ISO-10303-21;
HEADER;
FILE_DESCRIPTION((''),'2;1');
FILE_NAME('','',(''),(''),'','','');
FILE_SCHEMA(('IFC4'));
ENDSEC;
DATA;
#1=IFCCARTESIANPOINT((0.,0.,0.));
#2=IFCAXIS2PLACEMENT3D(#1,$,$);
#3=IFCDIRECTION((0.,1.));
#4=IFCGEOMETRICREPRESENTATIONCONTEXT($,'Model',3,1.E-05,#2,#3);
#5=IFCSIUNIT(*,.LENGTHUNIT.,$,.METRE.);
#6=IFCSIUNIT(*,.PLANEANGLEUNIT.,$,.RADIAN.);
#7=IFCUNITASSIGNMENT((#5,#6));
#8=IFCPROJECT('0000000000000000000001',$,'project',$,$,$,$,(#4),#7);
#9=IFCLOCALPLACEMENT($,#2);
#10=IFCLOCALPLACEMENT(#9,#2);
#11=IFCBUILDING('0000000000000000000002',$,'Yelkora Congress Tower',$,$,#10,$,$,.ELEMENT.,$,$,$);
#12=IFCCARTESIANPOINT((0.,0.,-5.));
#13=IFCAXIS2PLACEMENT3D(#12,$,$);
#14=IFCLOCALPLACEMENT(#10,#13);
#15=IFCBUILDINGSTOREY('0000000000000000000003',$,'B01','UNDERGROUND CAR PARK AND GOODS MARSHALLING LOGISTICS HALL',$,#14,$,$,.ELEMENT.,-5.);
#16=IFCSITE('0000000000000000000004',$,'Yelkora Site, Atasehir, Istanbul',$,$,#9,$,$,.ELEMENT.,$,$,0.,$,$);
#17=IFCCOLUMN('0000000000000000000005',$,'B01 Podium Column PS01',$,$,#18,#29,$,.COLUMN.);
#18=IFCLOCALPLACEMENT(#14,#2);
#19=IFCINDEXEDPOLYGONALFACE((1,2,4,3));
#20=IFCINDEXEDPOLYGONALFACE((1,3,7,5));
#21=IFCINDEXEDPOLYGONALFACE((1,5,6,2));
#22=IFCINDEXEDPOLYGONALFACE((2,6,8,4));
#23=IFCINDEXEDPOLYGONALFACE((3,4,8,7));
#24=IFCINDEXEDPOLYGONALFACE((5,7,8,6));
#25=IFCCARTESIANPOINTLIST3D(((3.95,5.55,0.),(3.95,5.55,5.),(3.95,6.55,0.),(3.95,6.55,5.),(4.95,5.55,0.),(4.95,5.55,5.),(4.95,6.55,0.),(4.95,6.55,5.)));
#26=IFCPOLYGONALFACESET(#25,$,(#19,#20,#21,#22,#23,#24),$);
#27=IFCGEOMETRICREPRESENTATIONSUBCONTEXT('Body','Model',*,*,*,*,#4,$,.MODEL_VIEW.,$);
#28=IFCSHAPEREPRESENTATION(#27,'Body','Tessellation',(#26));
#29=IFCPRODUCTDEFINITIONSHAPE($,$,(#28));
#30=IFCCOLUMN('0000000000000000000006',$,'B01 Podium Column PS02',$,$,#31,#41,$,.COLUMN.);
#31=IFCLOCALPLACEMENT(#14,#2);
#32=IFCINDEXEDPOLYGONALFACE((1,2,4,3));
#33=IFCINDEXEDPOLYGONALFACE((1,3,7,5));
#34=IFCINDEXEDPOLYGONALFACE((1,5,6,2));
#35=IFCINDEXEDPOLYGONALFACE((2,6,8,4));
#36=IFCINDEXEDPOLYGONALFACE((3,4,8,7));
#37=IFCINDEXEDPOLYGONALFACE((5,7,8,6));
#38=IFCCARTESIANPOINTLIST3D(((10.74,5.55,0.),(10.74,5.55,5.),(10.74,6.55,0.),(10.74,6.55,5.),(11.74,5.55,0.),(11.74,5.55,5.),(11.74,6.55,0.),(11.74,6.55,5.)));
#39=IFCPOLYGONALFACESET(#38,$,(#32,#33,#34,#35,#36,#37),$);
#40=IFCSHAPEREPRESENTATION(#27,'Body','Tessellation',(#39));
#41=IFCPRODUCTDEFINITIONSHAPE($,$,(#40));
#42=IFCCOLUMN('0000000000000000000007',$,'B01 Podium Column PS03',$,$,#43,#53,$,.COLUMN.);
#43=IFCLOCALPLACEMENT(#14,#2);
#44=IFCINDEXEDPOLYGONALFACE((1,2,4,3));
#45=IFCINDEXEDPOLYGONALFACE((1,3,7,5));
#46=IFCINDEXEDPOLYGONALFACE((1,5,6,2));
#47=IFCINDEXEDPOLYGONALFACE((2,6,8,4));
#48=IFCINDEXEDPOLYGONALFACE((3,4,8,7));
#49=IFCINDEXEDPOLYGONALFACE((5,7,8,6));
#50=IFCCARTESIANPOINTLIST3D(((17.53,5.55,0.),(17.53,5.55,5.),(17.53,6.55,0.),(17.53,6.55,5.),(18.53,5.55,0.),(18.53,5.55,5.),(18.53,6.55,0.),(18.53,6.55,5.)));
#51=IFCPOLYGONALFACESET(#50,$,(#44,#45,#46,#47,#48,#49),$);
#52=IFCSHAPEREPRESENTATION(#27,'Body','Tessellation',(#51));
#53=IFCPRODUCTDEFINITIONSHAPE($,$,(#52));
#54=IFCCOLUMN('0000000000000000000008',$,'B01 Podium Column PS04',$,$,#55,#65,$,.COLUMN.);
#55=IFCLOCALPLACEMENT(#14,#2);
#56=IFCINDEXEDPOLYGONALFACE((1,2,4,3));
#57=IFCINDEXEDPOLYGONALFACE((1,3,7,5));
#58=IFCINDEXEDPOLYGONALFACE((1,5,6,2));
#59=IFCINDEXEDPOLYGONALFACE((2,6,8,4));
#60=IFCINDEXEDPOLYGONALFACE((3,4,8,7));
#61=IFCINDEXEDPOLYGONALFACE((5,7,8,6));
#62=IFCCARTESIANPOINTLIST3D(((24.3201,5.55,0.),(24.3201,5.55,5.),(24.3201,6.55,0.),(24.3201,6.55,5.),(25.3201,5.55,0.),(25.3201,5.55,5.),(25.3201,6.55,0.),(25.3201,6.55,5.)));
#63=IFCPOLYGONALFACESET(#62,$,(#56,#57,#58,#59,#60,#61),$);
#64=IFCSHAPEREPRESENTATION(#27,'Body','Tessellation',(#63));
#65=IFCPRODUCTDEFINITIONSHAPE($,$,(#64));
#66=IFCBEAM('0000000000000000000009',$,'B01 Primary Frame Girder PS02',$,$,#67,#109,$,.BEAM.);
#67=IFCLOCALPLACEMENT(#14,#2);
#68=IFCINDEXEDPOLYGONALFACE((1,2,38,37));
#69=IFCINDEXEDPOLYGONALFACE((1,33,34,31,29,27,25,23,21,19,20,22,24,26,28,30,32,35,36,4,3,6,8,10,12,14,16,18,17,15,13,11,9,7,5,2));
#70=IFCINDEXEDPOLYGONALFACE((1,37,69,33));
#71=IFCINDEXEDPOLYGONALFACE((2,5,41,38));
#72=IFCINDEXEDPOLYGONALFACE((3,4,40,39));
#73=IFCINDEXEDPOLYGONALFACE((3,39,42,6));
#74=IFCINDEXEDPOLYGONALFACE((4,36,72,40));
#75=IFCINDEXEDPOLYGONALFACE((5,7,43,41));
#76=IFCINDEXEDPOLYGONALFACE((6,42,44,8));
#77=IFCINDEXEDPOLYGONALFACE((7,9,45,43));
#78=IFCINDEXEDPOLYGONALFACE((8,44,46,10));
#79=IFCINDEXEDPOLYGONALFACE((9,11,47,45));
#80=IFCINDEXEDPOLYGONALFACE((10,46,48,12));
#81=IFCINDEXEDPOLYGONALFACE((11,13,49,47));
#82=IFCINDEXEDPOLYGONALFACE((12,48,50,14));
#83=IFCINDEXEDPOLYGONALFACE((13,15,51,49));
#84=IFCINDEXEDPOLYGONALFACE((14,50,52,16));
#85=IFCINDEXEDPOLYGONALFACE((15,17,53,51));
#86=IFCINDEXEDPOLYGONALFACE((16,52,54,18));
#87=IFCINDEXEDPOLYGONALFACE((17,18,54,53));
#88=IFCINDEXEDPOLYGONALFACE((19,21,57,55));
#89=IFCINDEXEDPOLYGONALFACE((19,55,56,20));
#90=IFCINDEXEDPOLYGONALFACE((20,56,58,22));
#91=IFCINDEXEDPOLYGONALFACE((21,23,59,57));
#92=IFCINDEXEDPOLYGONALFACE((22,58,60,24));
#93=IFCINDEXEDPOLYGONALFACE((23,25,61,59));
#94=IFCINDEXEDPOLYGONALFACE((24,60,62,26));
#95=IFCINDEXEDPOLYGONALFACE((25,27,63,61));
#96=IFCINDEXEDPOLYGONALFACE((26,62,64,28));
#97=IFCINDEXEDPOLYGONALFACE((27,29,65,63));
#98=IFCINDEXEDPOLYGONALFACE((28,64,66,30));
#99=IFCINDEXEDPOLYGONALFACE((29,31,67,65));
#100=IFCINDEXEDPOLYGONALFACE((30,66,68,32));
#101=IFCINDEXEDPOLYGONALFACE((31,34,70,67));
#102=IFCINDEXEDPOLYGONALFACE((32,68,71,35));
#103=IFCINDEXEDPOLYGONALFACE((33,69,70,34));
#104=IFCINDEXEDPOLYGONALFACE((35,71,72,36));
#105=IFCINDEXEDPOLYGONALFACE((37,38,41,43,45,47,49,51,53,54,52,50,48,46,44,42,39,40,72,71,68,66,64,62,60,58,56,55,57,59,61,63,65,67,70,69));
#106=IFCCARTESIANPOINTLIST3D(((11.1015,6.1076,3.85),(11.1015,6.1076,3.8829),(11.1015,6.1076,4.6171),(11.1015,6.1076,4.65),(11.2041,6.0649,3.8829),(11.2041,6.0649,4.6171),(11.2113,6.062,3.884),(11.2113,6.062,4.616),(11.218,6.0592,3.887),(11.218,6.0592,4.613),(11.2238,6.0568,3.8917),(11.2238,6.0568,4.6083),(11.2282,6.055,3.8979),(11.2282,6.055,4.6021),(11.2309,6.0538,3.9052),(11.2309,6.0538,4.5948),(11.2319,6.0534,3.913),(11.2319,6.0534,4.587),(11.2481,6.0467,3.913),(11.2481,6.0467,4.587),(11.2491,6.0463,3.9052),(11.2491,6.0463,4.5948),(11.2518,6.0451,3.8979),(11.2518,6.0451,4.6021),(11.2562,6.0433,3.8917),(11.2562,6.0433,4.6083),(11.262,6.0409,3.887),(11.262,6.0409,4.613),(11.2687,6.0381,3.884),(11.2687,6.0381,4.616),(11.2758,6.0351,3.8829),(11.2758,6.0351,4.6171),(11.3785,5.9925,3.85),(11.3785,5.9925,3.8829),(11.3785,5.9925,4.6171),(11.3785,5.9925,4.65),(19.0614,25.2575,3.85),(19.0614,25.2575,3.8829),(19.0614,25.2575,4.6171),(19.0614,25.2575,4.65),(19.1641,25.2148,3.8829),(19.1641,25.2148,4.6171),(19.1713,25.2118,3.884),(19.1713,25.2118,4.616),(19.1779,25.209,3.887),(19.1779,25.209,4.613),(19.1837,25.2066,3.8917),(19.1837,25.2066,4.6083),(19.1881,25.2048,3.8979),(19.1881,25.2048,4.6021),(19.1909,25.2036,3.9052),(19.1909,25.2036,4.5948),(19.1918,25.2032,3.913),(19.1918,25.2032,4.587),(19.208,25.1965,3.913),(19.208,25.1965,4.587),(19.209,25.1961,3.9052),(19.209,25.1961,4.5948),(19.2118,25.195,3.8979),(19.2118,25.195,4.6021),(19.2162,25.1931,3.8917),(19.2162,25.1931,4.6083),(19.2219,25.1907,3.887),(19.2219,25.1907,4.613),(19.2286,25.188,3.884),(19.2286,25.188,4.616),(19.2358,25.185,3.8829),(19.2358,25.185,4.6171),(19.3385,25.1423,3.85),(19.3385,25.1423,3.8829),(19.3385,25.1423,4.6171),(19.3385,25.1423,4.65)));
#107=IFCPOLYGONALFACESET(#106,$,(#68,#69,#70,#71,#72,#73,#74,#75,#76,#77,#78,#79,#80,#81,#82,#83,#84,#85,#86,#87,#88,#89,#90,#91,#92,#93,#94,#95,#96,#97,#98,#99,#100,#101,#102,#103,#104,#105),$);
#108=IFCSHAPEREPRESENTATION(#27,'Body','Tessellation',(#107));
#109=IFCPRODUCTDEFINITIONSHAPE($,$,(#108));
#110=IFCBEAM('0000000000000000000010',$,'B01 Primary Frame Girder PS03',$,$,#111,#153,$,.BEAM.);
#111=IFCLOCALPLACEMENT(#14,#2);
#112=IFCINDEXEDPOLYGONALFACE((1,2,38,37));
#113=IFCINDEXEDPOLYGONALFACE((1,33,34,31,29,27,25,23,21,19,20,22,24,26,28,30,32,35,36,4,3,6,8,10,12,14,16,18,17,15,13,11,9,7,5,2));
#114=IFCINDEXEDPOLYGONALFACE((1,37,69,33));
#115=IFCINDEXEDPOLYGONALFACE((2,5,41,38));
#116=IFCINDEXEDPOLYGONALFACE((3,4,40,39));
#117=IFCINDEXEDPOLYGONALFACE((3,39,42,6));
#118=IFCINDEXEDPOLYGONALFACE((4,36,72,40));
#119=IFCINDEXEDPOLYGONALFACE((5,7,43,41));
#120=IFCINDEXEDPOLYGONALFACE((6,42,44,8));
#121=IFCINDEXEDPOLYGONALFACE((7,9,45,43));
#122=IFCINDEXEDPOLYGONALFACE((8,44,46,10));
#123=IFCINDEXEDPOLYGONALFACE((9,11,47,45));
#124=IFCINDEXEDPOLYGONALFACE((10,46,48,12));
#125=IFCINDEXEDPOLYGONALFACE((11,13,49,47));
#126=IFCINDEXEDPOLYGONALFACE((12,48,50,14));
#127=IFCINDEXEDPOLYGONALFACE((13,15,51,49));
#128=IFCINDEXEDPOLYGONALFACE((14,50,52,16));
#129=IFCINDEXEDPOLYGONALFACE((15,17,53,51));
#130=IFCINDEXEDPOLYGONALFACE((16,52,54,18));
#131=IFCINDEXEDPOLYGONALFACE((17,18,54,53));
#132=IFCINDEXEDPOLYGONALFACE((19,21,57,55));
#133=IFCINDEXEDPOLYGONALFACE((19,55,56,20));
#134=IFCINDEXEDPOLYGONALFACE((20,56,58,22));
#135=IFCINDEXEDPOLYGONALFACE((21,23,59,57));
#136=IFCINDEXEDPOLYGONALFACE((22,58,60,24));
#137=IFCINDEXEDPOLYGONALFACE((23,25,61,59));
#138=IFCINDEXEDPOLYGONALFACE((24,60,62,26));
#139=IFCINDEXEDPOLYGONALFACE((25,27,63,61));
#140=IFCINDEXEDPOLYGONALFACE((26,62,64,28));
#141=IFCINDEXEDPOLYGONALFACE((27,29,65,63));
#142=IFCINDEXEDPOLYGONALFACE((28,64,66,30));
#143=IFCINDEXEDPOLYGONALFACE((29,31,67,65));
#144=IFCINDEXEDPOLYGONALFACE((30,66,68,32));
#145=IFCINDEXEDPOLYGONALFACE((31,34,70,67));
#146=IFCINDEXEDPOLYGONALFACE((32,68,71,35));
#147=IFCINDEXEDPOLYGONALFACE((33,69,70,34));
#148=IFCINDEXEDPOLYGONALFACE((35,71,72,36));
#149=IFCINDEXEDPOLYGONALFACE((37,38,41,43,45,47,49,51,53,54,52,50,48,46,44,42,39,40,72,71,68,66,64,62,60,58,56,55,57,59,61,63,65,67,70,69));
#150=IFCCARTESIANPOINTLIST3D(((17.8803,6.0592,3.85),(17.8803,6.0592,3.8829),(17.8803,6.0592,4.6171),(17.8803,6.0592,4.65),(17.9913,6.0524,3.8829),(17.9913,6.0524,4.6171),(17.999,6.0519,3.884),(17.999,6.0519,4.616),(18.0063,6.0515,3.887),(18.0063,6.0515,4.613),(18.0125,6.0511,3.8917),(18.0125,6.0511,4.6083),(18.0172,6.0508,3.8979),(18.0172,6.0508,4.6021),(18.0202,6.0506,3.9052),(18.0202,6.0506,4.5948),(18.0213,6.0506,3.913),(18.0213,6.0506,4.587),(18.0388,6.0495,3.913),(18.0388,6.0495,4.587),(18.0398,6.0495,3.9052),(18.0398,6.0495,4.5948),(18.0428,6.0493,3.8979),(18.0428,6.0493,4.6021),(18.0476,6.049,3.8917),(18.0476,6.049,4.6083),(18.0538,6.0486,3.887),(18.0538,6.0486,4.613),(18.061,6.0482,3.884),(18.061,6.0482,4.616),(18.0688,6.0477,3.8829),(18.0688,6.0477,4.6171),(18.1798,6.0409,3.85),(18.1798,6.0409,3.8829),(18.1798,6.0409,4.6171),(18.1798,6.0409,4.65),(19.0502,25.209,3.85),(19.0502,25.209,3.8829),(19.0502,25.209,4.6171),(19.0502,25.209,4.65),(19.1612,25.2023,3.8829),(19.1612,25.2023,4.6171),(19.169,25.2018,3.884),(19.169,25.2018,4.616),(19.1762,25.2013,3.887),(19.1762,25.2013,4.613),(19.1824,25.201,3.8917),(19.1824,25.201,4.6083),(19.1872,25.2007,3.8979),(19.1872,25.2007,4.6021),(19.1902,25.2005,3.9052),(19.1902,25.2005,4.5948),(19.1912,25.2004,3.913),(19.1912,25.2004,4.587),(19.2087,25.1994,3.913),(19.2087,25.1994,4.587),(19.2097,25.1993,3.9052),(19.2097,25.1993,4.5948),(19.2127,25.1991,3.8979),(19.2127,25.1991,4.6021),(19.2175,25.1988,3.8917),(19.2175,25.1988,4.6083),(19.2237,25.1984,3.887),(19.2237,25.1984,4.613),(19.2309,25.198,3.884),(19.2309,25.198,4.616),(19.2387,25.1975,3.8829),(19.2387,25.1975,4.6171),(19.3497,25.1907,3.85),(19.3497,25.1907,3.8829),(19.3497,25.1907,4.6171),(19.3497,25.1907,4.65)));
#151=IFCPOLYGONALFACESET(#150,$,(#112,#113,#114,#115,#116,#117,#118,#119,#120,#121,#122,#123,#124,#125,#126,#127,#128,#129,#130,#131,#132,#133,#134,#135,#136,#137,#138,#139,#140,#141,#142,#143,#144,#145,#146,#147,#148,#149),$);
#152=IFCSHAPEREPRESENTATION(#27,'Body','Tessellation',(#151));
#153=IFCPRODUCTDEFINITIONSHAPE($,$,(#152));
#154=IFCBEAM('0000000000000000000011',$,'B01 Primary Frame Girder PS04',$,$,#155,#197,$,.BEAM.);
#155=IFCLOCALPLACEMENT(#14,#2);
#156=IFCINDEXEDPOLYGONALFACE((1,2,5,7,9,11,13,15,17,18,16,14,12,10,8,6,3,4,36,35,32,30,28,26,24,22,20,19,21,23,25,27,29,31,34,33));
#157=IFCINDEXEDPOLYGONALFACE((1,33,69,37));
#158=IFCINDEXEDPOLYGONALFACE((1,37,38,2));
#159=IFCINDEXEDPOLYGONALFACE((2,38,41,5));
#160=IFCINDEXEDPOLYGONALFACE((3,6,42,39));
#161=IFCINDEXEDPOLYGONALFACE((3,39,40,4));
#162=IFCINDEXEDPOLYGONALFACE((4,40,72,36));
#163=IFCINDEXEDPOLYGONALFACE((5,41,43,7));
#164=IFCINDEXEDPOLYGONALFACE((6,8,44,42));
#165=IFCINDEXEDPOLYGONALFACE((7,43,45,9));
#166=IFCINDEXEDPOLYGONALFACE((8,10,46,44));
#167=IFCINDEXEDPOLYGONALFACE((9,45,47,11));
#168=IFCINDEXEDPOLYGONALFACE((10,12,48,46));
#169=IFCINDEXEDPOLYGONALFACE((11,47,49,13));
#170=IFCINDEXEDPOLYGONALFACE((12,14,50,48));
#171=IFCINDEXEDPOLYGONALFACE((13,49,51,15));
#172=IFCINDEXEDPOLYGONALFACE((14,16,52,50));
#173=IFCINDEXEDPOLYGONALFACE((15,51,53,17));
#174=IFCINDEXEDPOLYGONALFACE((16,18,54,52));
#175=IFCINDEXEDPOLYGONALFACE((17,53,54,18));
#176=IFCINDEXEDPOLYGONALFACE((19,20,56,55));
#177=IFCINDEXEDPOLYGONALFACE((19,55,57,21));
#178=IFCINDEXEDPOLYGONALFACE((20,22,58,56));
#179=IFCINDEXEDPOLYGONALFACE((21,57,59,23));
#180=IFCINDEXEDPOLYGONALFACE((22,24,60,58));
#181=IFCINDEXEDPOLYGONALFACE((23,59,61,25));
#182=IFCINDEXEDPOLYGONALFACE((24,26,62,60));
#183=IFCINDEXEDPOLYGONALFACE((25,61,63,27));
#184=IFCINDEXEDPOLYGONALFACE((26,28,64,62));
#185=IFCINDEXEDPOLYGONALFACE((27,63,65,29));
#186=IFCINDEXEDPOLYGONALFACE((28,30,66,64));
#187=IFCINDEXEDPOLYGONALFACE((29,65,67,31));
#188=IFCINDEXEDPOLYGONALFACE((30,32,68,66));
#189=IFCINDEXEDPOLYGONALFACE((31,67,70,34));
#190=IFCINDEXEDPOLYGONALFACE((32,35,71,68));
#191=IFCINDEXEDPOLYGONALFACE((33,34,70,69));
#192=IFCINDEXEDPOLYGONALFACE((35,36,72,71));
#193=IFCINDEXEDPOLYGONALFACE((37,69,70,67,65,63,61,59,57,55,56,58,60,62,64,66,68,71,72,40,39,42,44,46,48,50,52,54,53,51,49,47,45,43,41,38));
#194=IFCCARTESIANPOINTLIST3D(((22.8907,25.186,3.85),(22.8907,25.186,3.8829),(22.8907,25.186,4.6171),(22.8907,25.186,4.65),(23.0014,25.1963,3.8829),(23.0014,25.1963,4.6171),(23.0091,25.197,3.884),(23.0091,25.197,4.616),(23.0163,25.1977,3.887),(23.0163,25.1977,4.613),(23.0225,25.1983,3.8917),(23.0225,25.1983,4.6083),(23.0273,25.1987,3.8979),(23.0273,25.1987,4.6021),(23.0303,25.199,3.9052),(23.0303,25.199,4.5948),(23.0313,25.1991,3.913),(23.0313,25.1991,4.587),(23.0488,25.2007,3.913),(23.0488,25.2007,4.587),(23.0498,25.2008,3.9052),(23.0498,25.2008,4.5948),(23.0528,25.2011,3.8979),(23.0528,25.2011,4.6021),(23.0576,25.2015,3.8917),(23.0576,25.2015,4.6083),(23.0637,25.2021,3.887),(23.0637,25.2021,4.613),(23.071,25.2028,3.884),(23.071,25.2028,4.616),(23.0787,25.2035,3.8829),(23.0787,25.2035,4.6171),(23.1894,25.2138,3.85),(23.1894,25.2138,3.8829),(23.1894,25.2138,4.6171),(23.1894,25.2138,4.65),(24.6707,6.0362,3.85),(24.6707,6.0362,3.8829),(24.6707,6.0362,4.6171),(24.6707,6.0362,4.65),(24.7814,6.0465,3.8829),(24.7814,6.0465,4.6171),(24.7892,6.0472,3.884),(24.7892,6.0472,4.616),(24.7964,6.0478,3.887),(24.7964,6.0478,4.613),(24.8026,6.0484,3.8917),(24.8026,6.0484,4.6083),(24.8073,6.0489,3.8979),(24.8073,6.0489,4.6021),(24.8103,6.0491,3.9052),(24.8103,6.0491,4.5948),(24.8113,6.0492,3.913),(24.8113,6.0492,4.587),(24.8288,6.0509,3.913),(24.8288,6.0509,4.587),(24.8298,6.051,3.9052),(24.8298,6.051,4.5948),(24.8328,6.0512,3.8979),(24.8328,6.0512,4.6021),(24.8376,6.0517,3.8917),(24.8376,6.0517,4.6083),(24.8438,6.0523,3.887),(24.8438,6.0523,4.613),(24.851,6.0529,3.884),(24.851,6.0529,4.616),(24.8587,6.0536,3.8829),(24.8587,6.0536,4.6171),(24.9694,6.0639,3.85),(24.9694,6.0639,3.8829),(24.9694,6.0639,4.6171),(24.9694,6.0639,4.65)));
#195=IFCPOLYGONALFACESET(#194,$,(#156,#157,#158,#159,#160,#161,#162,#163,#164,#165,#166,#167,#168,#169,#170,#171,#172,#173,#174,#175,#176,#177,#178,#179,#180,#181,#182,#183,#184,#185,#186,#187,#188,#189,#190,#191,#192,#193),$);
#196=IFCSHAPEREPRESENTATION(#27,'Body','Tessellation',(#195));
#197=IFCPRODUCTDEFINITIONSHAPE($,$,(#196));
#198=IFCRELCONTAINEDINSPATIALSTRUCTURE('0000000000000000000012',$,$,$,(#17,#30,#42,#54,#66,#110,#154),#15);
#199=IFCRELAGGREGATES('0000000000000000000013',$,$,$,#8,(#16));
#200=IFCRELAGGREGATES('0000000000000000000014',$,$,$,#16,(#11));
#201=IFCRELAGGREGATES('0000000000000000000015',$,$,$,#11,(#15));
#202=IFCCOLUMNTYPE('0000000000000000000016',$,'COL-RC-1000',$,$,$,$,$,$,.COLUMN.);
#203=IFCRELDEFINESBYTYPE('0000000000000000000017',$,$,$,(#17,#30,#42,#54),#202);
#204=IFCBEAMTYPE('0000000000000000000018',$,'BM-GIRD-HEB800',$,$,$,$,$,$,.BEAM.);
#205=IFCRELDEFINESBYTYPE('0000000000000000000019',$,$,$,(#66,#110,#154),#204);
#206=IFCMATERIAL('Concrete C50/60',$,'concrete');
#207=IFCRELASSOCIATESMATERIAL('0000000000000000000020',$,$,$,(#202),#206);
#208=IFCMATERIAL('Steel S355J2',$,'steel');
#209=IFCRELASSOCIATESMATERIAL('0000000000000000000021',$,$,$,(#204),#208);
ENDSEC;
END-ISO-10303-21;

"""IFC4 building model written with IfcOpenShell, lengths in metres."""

from ifc_helpers import new_model, si_unit, direction, frame, origin, origin_2d, place, context, subcontext, project, spatial, rectangle, i_section, extrude, material, material_profile, profile_set, type_object, element, save


model = new_model("IFC4")

# Units and contexts
model_context = context("Model", 3, precision=1e-05, world=origin(), true_north=direction((0.0, 1.0)))
body_context = subcontext(model_context, "Body", "Model", "MODEL_VIEW")
ifc_project = project(units=[si_unit("LENGTHUNIT", "METRE"), si_unit("PLANEANGLEUNIT", "RADIAN")], contexts=[model_context])

# Site, building, storey
site_placement = place(None, origin())
site = spatial("IfcSite", under=ifc_project, at=site_placement, Name="Yelkora Site, Atasehir, Istanbul", CompositionType="ELEMENT", RefElevation=0.0)
building_placement = place(site_placement, origin())
building = spatial("IfcBuilding", under=site, at=building_placement, Name="Yelkora Congress Tower", CompositionType="ELEMENT")
storey_placement = place(building_placement, frame((0.0, 0.0, -5.0)))
storey = spatial("IfcBuildingStorey", under=building, at=storey_placement, Name="B01", Description="UNDERGROUND CAR PARK AND GOODS MARSHALLING LOGISTICS HALL", CompositionType="ELEMENT", Elevation=-5.0)

# Columns
ifc_material_1 = material(Name="Concrete C50/60", Category="concrete")
ifc_material_profile_1 = material_profile(ifc_material_1, rectangle(XDim=1.0, YDim=1.0, at=origin_2d()), Name="RC 1000x1000")
ifc_profile_set_1 = profile_set([ifc_material_profile_1], Name="Concrete C50/60")
column_type = type_object("IfcColumnType", Name="COL-RC-1000", PredefinedType="COLUMN", material=ifc_profile_set_1)
for number, where, z_axis, x_axis, name in (
    (1, (4.45, 6.05, 0.0), (0.0, 0.0, 1.0), (1.0, 0.0, 0.0), "B01 Podium Column PS01"),
    (2, (11.24, 6.05, 0.0), (0.0, 0.0, 1.0), (1.0, 0.0, 0.0), "B01 Podium Column PS02"),
    (3, (18.03, 6.05, 0.0), (0.0, 0.0, 1.0), (1.0, 0.0, 0.0), "B01 Podium Column PS03"),
    (4, (24.8201, 6.05, 0.0), (0.0, 0.0, 1.0), (1.0, 0.0, 0.0), "B01 Podium Column PS04"),
):
    element("IfcColumn", number, at=place(storey_placement, frame(where, z_axis=z_axis, x_axis=x_axis)), inside=storey, type_object=column_type, Name=name, PredefinedType="COLUMN", context=body_context, shape_type="SweptSolid", body=[
        extrude(rectangle(XDim=1.0, YDim=1.0, at=origin_2d()), origin(), (0.0, 0.0, 1.0), 5.0),
    ])

# Beams
ifc_material_2 = material(Name="Steel S355J2", Category="steel")
ifc_material_profile_2 = material_profile(ifc_material_2, i_section(OverallWidth=0.3, OverallDepth=0.8, WebThickness=0.0176, FlangeThickness=0.033, FilletRadius=0.03, at=origin_2d()), Name="HEB 800")
ifc_profile_set_2 = profile_set([ifc_material_profile_2], Name="Steel S355J2")
beam_type_1 = type_object("IfcBeamType", Name="BM-GIRD-HEB800", PredefinedType="BEAM", material=ifc_profile_set_2)
beam_1_placement = place(storey_placement, frame((11.24, 6.05, 4.25), z_axis=(0.383828, 0.923405, 0.0), x_axis=(-0.923405, 0.383828, 0.0)))
element("IfcBeam", 5, at=beam_1_placement, inside=storey, type_object=beam_type_1, Name="B01 Primary Frame Girder PS02", PredefinedType="BEAM", context=body_context, shape_type="SweptSolid", body=[
    extrude(i_section(OverallWidth=0.3, OverallDepth=0.8, WebThickness=0.0176, FlangeThickness=0.033, FilletRadius=0.03, at=origin_2d()), origin(), (0.0, 0.0, 1.0), 20.7383),
])
beam_2_placement = place(storey_placement, frame((18.03, 6.05, 4.25), z_axis=(0.060979, 0.998139, 0.0), x_axis=(-0.998139, 0.060979, 0.0)))
element("IfcBeam", 6, at=beam_2_placement, inside=storey, type_object=beam_type_1, Name="B01 Primary Frame Girder PS03", PredefinedType="BEAM", context=body_context, shape_type="SweptSolid", body=[
    extrude(i_section(OverallWidth=0.3, OverallDepth=0.8, WebThickness=0.0176, FlangeThickness=0.033, FilletRadius=0.03, at=origin_2d()), origin(), (0.0, 0.0, 1.0), 19.1855),
])
beam_3_placement = place(storey_placement, frame((24.8201, 6.05, 4.25), z_axis=(-0.092553, 0.995708, 0.0), x_axis=(-0.995708, -0.092553, 0.0)))
element("IfcBeam", 7, at=beam_3_placement, inside=storey, type_object=beam_type_1, Name="B01 Primary Frame Girder PS04", PredefinedType="BEAM", context=body_context, shape_type="SweptSolid", body=[
    extrude(i_section(OverallWidth=0.3, OverallDepth=0.8, WebThickness=0.0176, FlangeThickness=0.033, FilletRadius=0.03, at=origin_2d()), origin(), (0.0, 0.0, 1.0), 19.2324),
])

save(model, "model.ifc")
